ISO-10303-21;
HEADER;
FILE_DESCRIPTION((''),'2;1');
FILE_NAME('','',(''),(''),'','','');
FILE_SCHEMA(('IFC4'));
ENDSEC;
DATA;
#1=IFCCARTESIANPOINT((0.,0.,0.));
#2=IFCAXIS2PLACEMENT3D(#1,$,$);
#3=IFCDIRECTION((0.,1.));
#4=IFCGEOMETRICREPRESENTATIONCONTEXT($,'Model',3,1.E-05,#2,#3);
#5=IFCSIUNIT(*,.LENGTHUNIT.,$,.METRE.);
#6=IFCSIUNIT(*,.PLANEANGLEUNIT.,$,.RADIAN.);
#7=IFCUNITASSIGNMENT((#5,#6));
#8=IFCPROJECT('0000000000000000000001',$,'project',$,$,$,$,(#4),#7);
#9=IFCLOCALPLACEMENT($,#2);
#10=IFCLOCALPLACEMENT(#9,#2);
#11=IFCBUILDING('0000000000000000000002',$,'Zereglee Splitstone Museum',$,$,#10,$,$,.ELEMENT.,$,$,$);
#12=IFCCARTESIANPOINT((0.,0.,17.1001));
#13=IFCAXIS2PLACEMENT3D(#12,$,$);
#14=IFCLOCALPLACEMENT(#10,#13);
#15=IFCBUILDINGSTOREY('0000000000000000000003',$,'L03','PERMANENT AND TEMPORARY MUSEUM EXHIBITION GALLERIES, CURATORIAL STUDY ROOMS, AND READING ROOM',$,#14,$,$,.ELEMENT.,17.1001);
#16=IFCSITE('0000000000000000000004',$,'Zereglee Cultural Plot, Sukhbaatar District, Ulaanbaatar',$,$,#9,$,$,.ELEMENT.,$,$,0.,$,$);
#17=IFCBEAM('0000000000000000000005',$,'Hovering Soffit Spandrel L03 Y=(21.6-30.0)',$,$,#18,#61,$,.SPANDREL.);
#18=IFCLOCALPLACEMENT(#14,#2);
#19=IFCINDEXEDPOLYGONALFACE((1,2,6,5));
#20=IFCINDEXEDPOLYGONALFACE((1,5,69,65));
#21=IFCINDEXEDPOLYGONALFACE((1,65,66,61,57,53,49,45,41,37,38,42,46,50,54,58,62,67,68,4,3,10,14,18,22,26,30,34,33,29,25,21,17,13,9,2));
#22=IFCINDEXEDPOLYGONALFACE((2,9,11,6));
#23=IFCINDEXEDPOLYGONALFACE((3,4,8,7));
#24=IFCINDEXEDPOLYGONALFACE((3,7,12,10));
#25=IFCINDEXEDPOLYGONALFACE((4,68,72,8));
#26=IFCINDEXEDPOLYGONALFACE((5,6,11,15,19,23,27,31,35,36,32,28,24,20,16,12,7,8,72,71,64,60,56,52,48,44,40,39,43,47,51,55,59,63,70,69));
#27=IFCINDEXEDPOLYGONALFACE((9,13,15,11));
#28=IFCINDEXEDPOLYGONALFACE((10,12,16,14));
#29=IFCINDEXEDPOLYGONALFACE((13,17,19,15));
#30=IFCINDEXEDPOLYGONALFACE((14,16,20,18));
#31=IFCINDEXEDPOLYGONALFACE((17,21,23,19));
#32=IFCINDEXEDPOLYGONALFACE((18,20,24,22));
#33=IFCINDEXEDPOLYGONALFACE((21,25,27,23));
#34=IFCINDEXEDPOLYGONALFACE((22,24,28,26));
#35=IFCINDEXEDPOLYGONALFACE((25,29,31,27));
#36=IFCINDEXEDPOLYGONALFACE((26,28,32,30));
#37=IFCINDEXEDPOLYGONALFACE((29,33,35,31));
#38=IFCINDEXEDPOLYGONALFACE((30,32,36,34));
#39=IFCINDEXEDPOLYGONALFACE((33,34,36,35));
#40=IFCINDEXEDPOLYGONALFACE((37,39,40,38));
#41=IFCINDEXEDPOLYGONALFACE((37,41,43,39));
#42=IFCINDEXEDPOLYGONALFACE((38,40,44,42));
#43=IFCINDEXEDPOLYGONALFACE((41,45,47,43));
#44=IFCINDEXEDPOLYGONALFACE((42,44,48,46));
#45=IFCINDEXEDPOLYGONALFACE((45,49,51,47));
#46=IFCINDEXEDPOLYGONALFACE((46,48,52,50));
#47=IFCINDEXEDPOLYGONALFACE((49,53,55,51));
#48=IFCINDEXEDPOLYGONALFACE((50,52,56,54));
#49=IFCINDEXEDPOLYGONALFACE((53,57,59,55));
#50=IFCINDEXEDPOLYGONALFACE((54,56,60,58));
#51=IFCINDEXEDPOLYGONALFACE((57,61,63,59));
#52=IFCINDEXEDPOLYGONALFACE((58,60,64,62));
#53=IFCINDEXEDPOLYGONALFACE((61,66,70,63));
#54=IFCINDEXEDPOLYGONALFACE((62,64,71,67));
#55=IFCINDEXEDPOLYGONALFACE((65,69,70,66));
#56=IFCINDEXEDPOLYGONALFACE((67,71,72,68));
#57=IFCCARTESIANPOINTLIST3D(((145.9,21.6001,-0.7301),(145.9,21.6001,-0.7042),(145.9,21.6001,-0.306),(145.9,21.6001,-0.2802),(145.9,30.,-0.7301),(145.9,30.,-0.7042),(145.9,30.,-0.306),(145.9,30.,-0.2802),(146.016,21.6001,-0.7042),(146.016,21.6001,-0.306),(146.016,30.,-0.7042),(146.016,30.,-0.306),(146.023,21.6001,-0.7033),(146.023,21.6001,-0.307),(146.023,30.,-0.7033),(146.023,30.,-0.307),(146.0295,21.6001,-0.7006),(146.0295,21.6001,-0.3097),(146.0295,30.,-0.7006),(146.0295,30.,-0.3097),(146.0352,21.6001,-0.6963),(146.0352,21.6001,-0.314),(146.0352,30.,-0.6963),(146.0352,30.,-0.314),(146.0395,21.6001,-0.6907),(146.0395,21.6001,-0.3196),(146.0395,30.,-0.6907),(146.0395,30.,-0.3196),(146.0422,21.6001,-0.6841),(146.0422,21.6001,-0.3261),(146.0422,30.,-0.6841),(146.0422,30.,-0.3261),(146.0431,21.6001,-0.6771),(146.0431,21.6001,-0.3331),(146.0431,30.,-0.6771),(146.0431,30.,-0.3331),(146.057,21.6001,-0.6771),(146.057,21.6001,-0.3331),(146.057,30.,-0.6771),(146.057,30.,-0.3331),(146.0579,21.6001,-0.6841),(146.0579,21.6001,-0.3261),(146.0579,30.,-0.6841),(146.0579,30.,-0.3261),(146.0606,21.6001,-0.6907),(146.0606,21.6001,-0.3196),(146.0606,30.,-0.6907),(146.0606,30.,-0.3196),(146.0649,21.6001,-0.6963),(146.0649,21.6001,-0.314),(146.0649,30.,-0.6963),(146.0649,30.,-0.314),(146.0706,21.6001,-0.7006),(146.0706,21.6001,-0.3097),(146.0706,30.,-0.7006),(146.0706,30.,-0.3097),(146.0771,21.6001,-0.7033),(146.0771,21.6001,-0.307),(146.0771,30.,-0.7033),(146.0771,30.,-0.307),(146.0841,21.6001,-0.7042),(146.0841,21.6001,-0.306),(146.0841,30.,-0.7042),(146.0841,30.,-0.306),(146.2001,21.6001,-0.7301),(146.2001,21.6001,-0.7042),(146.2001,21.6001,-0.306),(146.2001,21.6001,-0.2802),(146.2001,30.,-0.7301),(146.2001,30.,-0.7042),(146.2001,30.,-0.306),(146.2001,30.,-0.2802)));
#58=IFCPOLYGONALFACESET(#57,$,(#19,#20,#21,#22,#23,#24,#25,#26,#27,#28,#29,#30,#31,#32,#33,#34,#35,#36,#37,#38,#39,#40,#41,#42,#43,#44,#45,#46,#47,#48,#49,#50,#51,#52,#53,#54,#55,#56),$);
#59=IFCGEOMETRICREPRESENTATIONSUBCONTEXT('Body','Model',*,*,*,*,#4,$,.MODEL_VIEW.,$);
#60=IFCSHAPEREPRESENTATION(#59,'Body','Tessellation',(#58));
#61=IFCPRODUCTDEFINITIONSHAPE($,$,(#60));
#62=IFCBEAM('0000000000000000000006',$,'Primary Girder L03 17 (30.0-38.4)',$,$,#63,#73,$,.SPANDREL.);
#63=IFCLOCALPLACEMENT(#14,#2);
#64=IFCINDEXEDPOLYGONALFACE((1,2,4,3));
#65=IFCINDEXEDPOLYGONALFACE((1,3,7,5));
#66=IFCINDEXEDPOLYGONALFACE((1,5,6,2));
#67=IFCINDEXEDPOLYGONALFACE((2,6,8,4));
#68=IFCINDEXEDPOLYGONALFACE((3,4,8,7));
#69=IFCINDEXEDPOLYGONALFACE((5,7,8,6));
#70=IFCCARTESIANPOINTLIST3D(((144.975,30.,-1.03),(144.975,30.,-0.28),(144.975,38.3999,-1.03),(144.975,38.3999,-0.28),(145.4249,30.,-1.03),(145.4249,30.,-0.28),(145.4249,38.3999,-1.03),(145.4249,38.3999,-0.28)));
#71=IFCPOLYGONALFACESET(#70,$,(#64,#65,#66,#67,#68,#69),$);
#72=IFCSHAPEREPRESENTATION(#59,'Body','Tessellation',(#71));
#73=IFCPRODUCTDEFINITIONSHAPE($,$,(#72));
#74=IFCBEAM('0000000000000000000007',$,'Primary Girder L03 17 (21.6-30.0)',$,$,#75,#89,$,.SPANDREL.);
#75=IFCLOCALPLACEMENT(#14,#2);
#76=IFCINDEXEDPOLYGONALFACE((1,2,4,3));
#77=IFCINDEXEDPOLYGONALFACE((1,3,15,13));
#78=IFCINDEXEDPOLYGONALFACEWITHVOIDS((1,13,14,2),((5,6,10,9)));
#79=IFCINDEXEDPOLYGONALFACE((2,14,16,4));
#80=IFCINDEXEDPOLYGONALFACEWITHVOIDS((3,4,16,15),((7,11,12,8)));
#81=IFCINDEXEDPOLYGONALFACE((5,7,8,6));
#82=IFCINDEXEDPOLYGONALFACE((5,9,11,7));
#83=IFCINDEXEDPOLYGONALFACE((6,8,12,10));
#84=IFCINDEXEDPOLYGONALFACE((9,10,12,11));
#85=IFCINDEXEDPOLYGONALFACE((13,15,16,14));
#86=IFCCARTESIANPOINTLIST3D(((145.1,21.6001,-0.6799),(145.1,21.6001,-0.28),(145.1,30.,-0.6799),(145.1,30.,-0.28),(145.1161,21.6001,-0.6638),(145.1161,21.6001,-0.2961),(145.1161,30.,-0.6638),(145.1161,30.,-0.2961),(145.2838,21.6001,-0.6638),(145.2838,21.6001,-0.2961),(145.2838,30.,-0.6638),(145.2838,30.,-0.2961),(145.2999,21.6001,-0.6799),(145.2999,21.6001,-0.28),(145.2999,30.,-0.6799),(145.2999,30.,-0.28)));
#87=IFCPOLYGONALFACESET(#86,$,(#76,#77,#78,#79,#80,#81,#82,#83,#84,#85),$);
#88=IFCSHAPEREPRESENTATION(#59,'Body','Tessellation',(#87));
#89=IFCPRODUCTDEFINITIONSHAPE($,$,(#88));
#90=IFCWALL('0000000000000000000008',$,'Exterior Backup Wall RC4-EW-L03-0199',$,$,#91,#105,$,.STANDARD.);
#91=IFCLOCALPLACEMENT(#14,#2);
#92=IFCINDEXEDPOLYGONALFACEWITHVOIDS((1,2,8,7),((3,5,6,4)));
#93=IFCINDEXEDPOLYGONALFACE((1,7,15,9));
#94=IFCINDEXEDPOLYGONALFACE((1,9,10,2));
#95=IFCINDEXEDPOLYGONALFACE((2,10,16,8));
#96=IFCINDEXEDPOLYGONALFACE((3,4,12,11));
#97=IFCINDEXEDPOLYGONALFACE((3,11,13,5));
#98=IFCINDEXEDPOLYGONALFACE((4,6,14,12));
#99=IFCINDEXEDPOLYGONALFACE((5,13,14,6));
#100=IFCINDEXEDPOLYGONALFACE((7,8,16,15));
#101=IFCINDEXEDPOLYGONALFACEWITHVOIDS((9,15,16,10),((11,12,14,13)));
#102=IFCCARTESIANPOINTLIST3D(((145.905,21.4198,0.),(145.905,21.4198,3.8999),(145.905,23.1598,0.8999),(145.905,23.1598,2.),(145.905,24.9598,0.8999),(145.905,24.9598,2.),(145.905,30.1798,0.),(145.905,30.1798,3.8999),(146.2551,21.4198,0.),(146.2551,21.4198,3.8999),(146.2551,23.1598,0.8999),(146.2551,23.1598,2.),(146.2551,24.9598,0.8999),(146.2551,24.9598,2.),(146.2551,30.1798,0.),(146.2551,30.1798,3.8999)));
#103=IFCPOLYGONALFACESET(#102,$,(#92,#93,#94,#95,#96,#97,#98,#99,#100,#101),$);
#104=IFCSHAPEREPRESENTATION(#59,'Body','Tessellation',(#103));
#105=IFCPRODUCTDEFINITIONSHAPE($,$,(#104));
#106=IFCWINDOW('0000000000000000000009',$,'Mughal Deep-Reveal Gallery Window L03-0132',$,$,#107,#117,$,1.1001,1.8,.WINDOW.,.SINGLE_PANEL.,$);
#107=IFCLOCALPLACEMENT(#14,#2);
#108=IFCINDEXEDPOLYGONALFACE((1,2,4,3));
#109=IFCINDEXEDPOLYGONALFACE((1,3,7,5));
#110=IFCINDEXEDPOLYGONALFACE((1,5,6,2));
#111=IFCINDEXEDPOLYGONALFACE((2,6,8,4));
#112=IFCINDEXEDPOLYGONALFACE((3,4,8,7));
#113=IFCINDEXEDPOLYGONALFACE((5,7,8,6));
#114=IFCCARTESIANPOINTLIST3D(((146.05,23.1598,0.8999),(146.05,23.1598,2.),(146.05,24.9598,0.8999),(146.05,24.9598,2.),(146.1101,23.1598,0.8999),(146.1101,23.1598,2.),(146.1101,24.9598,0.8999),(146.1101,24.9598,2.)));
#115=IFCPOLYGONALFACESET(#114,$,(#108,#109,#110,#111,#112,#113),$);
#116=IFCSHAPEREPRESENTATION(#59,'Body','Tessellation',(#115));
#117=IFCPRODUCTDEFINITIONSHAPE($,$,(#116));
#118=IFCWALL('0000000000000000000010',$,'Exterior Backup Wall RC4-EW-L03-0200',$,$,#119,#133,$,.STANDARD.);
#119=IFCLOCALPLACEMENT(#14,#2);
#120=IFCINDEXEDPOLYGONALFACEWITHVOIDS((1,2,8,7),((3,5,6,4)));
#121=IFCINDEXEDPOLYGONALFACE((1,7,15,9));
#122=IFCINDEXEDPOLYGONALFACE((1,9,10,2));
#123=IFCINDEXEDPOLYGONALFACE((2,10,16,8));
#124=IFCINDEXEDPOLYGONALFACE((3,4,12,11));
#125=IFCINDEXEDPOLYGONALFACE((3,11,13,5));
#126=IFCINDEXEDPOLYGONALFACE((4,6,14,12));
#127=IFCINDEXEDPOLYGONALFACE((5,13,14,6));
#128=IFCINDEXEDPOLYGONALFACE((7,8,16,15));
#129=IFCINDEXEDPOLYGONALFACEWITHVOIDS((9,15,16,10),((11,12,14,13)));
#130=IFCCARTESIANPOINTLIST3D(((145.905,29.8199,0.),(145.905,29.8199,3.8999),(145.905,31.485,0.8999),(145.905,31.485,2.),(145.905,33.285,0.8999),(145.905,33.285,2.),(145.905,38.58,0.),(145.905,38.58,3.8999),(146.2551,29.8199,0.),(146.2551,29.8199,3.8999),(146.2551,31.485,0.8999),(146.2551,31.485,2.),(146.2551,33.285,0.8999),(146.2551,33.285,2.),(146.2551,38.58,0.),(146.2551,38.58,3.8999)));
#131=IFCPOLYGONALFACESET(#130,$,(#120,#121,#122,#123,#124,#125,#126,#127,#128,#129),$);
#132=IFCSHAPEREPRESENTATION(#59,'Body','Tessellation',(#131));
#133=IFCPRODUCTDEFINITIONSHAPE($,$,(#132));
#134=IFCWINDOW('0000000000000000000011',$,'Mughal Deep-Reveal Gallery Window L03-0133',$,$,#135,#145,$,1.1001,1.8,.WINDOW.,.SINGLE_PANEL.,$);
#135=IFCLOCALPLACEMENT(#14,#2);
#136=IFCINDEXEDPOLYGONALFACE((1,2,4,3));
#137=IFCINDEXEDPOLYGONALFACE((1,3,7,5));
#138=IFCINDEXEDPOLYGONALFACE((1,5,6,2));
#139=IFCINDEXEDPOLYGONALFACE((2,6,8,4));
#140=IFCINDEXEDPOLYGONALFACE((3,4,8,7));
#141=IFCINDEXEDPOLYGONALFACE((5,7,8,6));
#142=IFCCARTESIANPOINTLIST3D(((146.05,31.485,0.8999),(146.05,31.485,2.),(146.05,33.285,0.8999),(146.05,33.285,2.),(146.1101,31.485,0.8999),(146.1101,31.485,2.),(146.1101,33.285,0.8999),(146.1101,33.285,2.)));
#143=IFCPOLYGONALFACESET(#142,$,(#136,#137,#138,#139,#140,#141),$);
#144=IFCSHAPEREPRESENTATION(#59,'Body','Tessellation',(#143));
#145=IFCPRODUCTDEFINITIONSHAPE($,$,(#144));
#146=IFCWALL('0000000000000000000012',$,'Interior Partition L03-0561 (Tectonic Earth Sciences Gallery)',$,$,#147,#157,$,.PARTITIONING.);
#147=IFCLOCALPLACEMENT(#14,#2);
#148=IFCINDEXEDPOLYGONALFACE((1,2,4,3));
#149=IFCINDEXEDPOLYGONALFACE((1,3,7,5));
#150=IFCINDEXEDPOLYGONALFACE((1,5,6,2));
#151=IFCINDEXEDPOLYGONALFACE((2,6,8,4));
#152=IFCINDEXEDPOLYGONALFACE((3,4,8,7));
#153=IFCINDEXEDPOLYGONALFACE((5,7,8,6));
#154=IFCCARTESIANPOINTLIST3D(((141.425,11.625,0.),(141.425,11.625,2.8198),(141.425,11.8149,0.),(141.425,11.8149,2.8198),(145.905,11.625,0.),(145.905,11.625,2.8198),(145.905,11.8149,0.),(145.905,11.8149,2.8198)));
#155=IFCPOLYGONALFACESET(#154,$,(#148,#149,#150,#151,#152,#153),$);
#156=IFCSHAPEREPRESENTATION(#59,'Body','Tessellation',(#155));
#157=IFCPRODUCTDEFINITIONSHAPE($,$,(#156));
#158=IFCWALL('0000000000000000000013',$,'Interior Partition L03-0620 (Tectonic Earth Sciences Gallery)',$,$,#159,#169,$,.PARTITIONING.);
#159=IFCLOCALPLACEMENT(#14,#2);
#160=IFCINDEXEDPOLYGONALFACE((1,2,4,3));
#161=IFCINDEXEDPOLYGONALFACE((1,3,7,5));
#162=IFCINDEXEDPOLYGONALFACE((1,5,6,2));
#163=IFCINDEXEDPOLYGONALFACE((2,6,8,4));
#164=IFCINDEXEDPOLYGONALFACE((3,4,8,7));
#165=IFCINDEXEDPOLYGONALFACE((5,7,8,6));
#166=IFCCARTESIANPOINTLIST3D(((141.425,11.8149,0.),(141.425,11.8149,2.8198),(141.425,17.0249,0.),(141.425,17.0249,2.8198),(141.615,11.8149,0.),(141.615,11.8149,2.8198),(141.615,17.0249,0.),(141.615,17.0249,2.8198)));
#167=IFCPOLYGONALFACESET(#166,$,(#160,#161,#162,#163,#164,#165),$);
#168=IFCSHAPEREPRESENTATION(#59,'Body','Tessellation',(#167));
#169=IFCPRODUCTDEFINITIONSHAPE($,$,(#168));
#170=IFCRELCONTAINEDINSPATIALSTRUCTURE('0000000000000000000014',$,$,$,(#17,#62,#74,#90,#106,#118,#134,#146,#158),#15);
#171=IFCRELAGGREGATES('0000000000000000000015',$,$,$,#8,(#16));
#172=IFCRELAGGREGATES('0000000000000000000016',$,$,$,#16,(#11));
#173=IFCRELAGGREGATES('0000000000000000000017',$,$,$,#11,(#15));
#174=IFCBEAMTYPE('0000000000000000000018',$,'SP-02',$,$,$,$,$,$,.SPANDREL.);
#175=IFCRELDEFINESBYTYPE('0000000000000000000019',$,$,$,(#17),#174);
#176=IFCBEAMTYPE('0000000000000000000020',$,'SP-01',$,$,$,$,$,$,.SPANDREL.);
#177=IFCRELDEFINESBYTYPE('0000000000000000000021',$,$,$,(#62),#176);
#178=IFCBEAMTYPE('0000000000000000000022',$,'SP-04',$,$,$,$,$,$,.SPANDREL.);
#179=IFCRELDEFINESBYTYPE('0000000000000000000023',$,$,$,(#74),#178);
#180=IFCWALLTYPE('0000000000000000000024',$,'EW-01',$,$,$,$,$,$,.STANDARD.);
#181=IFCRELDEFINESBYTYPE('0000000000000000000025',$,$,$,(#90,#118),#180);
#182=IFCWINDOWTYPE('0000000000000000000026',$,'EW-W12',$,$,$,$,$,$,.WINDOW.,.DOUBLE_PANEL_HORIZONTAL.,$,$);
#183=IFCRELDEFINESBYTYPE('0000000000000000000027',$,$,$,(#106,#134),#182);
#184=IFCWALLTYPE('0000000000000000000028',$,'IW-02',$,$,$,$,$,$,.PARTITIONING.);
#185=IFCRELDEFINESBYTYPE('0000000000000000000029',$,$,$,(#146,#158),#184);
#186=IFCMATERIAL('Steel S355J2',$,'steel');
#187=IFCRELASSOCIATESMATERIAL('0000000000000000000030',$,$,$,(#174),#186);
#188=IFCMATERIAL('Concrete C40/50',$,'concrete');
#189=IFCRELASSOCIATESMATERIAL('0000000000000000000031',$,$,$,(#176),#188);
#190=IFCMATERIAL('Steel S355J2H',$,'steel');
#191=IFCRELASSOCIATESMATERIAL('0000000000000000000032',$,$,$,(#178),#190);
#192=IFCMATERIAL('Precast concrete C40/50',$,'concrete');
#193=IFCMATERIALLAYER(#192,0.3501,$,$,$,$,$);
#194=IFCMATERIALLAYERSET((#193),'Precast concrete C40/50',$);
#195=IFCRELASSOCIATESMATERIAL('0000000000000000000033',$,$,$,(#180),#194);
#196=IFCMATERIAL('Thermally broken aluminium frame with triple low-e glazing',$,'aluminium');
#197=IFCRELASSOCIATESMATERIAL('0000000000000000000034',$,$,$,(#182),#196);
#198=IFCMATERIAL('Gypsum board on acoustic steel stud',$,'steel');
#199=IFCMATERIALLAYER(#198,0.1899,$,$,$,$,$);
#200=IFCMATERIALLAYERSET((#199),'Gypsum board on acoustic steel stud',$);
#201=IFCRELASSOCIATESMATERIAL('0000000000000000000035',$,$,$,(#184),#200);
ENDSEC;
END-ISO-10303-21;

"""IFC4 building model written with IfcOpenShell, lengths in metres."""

from ifc_helpers import new_model, si_unit, direction, frame, frame_2d, origin, origin_2d, place, context, subcontext, project, spatial, rectangle, hollow_rectangle, i_section, extrude, material, layer, layer_set, material_profile, profile_set, type_object, element, fill, save


model = new_model("IFC4")

# Units and contexts
model_context = context("Model", 3, precision=1e-05, world=origin(), true_north=direction((0.0, 1.0)))
body_context = subcontext(model_context, "Body", "Model", "MODEL_VIEW")
ifc_project = project(units=[si_unit("LENGTHUNIT", "METRE"), si_unit("PLANEANGLEUNIT", "RADIAN")], contexts=[model_context])

# Site, building, storey
site_placement = place(None, origin())
site = spatial("IfcSite", under=ifc_project, at=site_placement, Name="Zereglee Cultural Plot, Sukhbaatar District, Ulaanbaatar", CompositionType="ELEMENT", RefElevation=0.0)
building_placement = place(site_placement, origin())
building = spatial("IfcBuilding", under=site, at=building_placement, Name="Zereglee Splitstone Museum", CompositionType="ELEMENT")
storey_placement = place(building_placement, frame((0.0, 0.0, 17.1001)))
storey = spatial("IfcBuildingStorey", under=building, at=storey_placement, Name="L03", Description="PERMANENT AND TEMPORARY MUSEUM EXHIBITION GALLERIES, CURATORIAL STUDY ROOMS, AND READING ROOM", CompositionType="ELEMENT", Elevation=17.1001)

# Shared definitions
ifc_material_1 = material(Name="Steel S355J2H", Category="steel")
ifc_material_2 = material(Name="Steel S355J2", Category="steel")

# Beams
ifc_material_3 = material(Name="Concrete C40/50", Category="concrete")
ifc_material_profile_1 = material_profile(ifc_material_2, i_section(OverallWidth=0.3, OverallDepth=0.45, WebThickness=0.0139, FlangeThickness=0.0259, FilletRadius=0.0271, at=origin_2d()), Name="HE 450 B")
ifc_profile_set_1 = profile_set([ifc_material_profile_1], Name="Steel S355J2")
beam_type_1 = type_object("IfcBeamType", Name="SP-02", PredefinedType="SPANDREL", material=ifc_profile_set_1)
beam_1_placement = place(storey_placement, frame((146.05, 21.6001, -0.5051), z_axis=(0.0, 1.0, 0.0), x_axis=(-1.0, 0.0, 0.0)))
element("IfcBeam", 1, at=beam_1_placement, inside=storey, type_object=beam_type_1, Name="Hovering Soffit Spandrel L03 Y=(21.6-30.0)", PredefinedType="SPANDREL", context=body_context, shape_type="SweptSolid", body=[
    extrude(i_section(OverallWidth=0.3, OverallDepth=0.45, WebThickness=0.0139, FlangeThickness=0.0259, FilletRadius=0.0271, at=origin_2d()), origin(), (0.0, 0.0, 1.0), 8.3999),
])
ifc_material_profile_2 = material_profile(ifc_material_3, rectangle(XDim=0.45, YDim=0.75, at=origin_2d()), Name="RC 450x750")
ifc_profile_set_2 = profile_set([ifc_material_profile_2], Name="Concrete C40/50")
beam_type_2 = type_object("IfcBeamType", Name="SP-01", PredefinedType="SPANDREL", material=ifc_profile_set_2)
beam_2_placement = place(storey_placement, frame((145.2, 30.0, -0.655), z_axis=(0.0, 1.0, 0.0), x_axis=(-1.0, 0.0, 0.0)))
element("IfcBeam", 2, at=beam_2_placement, inside=storey, type_object=beam_type_2, Name="Primary Girder L03 17 (30.0-38.4)", PredefinedType="SPANDREL", context=body_context, shape_type="SweptSolid", body=[
    extrude(rectangle(XDim=0.45, YDim=0.75, at=origin_2d()), origin(), (0.0, 0.0, 1.0), 8.3999),
])
ifc_material_profile_3 = material_profile(ifc_material_1, hollow_rectangle(XDim=0.2, YDim=0.3999, WallThickness=0.0161, at=origin_2d()), Name="RHS 400x200x16")
ifc_profile_set_3 = profile_set([ifc_material_profile_3], Name="Steel S355J2H")
beam_type_3 = type_object("IfcBeamType", Name="SP-04", PredefinedType="SPANDREL", material=ifc_profile_set_3)
beam_3_placement = place(storey_placement, frame((145.2, 21.6001, -0.48), z_axis=(0.0, 1.0, 0.0), x_axis=(-1.0, 0.0, 0.0)))
element("IfcBeam", 3, at=beam_3_placement, inside=storey, type_object=beam_type_3, Name="Primary Girder L03 17 (21.6-30.0)", PredefinedType="SPANDREL", context=body_context, shape_type="SweptSolid", body=[
    extrude(hollow_rectangle(XDim=0.2, YDim=0.3999, WallThickness=0.0161, at=origin_2d()), origin(), (0.0, 0.0, 1.0), 8.3999),
])

# Walls, openings, windows
ifc_material_4 = material(Name="Precast concrete C40/50", Category="concrete")
ifc_layer_1 = layer(ifc_material_4, 0.3501)
ifc_layer_set_1 = layer_set([ifc_layer_1], Name="Precast concrete C40/50")
wall_type_1 = type_object("IfcWallType", Name="EW-01", PredefinedType="STANDARD", material=ifc_layer_set_1)
wall_1_placement = place(storey_placement, frame((146.0801, 21.4199, 0.0), z_axis=(0.0, 0.0, 1.0), x_axis=(0.0, 1.0, 0.0)))
wall_1 = element("IfcWall", 4, at=wall_1_placement, inside=storey, type_object=wall_type_1, Name="Exterior Backup Wall RC4-EW-L03-0199", PredefinedType="STANDARD", context=body_context, shape_type="SweptSolid", body=[
    extrude(rectangle(XDim=8.76, YDim=0.3501, at=frame_2d((4.3799, 0.0))), origin(), (0.0, 0.0, 1.0), 3.8999),
])
opening_1_placement = place(wall_1_placement, frame((1.74, 0.0, 0.8999)))
opening_1 = element("IfcOpeningElement", 5, at=opening_1_placement, cuts=wall_1, PredefinedType="OPENING", context=body_context, shape_type="SweptSolid", body=[
    extrude(rectangle(XDim=1.8, YDim=1.1001, at=frame_2d((0.8999, 0.55))), frame((0.0, 0.1899, 0.0), z_axis=(0.0, -1.0, 0.0), x_axis=(1.0, 0.0, 0.0)), (0.0, 0.0, 1.0), 0.3799),
])
ifc_material_5 = material(Name="Thermally broken aluminium frame with triple low-e glazing", Category="aluminium")
window_type = type_object("IfcWindowType", Name="EW-W12", PartitioningType="DOUBLE_PANEL_HORIZONTAL", PredefinedType="WINDOW", material=ifc_material_5)
window_1_placement = place(opening_1_placement, origin())
window_1 = element("IfcWindow", 6, at=window_1_placement, inside=storey, type_object=window_type, Name="Mughal Deep-Reveal Gallery Window L03-0132", OverallHeight=1.1001, OverallWidth=1.8, PartitioningType="SINGLE_PANEL", PredefinedType="WINDOW", context=body_context, shape_type="SweptSolid", body=[
    extrude(rectangle(XDim=1.8, YDim=1.1001, at=frame_2d((0.8999, 0.55))), frame((0.0, 0.03, 0.0), z_axis=(0.0, -1.0, 0.0), x_axis=(1.0, 0.0, 0.0)), (0.0, 0.0, 1.0), 0.0601),
])
fill(opening_1, window_1)
wall_2_placement = place(storey_placement, frame((146.0801, 29.8201, 0.0), z_axis=(0.0, 0.0, 1.0), x_axis=(0.0, 1.0, 0.0)))
wall_2 = element("IfcWall", 7, at=wall_2_placement, inside=storey, type_object=wall_type_1, Name="Exterior Backup Wall RC4-EW-L03-0200", PredefinedType="STANDARD", context=body_context, shape_type="SweptSolid", body=[
    extrude(rectangle(XDim=8.76, YDim=0.3501, at=frame_2d((4.3799, 0.0))), origin(), (0.0, 0.0, 1.0), 3.8999),
])
opening_2_placement = place(wall_2_placement, frame((1.665, 0.0, 0.8999)))
opening_2 = element("IfcOpeningElement", 8, at=opening_2_placement, cuts=wall_2, PredefinedType="OPENING", context=body_context, shape_type="SweptSolid", body=[
    extrude(rectangle(XDim=1.8, YDim=1.1001, at=frame_2d((0.8999, 0.55))), frame((0.0, 0.1899, 0.0), z_axis=(0.0, -1.0, 0.0), x_axis=(1.0, 0.0, 0.0)), (0.0, 0.0, 1.0), 0.3799),
])
window_2_placement = place(opening_2_placement, origin())
window_2 = element("IfcWindow", 9, at=window_2_placement, inside=storey, type_object=window_type, Name="Mughal Deep-Reveal Gallery Window L03-0133", OverallHeight=1.1001, OverallWidth=1.8, PartitioningType="SINGLE_PANEL", PredefinedType="WINDOW", context=body_context, shape_type="SweptSolid", body=[
    extrude(rectangle(XDim=1.8, YDim=1.1001, at=frame_2d((0.8999, 0.55))), frame((0.0, 0.03, 0.0), z_axis=(0.0, -1.0, 0.0), x_axis=(1.0, 0.0, 0.0)), (0.0, 0.0, 1.0), 0.0601),
])
fill(opening_2, window_2)

# Walls
ifc_material_6 = material(Name="Gypsum board on acoustic steel stud", Category="steel")
ifc_layer_2 = layer(ifc_material_6, 0.1899)
ifc_layer_set_2 = layer_set([ifc_layer_2], Name="Gypsum board on acoustic steel stud")
wall_type_2 = type_object("IfcWallType", Name="IW-02", PredefinedType="PARTITIONING", material=ifc_layer_set_2)
wall_3_placement = place(storey_placement, frame((141.425, 11.72, 0.0), z_axis=(0.0, 0.0, 1.0), x_axis=(1.0, 0.0, 0.0)))
element("IfcWall", 10, at=wall_3_placement, inside=storey, type_object=wall_type_2, Name="Interior Partition L03-0561 (Tectonic Earth Sciences Gallery)", PredefinedType="PARTITIONING", context=body_context, shape_type="SweptSolid", body=[
    extrude(rectangle(XDim=4.48, YDim=0.1899, at=frame_2d((2.24, 0.0))), origin(), (0.0, 0.0, 1.0), 2.8198),
])
wall_4_placement = place(storey_placement, frame((141.52, 11.8149, 0.0), z_axis=(0.0, 0.0, 1.0), x_axis=(0.0, 1.0, 0.0)))
element("IfcWall", 11, at=wall_4_placement, inside=storey, type_object=wall_type_2, Name="Interior Partition L03-0620 (Tectonic Earth Sciences Gallery)", PredefinedType="PARTITIONING", context=body_context, shape_type="SweptSolid", body=[
    extrude(rectangle(XDim=5.21, YDim=0.1899, at=frame_2d((2.605, 0.0))), origin(), (0.0, 0.0, 1.0), 2.8198),
])

save(model, "model.ifc")
